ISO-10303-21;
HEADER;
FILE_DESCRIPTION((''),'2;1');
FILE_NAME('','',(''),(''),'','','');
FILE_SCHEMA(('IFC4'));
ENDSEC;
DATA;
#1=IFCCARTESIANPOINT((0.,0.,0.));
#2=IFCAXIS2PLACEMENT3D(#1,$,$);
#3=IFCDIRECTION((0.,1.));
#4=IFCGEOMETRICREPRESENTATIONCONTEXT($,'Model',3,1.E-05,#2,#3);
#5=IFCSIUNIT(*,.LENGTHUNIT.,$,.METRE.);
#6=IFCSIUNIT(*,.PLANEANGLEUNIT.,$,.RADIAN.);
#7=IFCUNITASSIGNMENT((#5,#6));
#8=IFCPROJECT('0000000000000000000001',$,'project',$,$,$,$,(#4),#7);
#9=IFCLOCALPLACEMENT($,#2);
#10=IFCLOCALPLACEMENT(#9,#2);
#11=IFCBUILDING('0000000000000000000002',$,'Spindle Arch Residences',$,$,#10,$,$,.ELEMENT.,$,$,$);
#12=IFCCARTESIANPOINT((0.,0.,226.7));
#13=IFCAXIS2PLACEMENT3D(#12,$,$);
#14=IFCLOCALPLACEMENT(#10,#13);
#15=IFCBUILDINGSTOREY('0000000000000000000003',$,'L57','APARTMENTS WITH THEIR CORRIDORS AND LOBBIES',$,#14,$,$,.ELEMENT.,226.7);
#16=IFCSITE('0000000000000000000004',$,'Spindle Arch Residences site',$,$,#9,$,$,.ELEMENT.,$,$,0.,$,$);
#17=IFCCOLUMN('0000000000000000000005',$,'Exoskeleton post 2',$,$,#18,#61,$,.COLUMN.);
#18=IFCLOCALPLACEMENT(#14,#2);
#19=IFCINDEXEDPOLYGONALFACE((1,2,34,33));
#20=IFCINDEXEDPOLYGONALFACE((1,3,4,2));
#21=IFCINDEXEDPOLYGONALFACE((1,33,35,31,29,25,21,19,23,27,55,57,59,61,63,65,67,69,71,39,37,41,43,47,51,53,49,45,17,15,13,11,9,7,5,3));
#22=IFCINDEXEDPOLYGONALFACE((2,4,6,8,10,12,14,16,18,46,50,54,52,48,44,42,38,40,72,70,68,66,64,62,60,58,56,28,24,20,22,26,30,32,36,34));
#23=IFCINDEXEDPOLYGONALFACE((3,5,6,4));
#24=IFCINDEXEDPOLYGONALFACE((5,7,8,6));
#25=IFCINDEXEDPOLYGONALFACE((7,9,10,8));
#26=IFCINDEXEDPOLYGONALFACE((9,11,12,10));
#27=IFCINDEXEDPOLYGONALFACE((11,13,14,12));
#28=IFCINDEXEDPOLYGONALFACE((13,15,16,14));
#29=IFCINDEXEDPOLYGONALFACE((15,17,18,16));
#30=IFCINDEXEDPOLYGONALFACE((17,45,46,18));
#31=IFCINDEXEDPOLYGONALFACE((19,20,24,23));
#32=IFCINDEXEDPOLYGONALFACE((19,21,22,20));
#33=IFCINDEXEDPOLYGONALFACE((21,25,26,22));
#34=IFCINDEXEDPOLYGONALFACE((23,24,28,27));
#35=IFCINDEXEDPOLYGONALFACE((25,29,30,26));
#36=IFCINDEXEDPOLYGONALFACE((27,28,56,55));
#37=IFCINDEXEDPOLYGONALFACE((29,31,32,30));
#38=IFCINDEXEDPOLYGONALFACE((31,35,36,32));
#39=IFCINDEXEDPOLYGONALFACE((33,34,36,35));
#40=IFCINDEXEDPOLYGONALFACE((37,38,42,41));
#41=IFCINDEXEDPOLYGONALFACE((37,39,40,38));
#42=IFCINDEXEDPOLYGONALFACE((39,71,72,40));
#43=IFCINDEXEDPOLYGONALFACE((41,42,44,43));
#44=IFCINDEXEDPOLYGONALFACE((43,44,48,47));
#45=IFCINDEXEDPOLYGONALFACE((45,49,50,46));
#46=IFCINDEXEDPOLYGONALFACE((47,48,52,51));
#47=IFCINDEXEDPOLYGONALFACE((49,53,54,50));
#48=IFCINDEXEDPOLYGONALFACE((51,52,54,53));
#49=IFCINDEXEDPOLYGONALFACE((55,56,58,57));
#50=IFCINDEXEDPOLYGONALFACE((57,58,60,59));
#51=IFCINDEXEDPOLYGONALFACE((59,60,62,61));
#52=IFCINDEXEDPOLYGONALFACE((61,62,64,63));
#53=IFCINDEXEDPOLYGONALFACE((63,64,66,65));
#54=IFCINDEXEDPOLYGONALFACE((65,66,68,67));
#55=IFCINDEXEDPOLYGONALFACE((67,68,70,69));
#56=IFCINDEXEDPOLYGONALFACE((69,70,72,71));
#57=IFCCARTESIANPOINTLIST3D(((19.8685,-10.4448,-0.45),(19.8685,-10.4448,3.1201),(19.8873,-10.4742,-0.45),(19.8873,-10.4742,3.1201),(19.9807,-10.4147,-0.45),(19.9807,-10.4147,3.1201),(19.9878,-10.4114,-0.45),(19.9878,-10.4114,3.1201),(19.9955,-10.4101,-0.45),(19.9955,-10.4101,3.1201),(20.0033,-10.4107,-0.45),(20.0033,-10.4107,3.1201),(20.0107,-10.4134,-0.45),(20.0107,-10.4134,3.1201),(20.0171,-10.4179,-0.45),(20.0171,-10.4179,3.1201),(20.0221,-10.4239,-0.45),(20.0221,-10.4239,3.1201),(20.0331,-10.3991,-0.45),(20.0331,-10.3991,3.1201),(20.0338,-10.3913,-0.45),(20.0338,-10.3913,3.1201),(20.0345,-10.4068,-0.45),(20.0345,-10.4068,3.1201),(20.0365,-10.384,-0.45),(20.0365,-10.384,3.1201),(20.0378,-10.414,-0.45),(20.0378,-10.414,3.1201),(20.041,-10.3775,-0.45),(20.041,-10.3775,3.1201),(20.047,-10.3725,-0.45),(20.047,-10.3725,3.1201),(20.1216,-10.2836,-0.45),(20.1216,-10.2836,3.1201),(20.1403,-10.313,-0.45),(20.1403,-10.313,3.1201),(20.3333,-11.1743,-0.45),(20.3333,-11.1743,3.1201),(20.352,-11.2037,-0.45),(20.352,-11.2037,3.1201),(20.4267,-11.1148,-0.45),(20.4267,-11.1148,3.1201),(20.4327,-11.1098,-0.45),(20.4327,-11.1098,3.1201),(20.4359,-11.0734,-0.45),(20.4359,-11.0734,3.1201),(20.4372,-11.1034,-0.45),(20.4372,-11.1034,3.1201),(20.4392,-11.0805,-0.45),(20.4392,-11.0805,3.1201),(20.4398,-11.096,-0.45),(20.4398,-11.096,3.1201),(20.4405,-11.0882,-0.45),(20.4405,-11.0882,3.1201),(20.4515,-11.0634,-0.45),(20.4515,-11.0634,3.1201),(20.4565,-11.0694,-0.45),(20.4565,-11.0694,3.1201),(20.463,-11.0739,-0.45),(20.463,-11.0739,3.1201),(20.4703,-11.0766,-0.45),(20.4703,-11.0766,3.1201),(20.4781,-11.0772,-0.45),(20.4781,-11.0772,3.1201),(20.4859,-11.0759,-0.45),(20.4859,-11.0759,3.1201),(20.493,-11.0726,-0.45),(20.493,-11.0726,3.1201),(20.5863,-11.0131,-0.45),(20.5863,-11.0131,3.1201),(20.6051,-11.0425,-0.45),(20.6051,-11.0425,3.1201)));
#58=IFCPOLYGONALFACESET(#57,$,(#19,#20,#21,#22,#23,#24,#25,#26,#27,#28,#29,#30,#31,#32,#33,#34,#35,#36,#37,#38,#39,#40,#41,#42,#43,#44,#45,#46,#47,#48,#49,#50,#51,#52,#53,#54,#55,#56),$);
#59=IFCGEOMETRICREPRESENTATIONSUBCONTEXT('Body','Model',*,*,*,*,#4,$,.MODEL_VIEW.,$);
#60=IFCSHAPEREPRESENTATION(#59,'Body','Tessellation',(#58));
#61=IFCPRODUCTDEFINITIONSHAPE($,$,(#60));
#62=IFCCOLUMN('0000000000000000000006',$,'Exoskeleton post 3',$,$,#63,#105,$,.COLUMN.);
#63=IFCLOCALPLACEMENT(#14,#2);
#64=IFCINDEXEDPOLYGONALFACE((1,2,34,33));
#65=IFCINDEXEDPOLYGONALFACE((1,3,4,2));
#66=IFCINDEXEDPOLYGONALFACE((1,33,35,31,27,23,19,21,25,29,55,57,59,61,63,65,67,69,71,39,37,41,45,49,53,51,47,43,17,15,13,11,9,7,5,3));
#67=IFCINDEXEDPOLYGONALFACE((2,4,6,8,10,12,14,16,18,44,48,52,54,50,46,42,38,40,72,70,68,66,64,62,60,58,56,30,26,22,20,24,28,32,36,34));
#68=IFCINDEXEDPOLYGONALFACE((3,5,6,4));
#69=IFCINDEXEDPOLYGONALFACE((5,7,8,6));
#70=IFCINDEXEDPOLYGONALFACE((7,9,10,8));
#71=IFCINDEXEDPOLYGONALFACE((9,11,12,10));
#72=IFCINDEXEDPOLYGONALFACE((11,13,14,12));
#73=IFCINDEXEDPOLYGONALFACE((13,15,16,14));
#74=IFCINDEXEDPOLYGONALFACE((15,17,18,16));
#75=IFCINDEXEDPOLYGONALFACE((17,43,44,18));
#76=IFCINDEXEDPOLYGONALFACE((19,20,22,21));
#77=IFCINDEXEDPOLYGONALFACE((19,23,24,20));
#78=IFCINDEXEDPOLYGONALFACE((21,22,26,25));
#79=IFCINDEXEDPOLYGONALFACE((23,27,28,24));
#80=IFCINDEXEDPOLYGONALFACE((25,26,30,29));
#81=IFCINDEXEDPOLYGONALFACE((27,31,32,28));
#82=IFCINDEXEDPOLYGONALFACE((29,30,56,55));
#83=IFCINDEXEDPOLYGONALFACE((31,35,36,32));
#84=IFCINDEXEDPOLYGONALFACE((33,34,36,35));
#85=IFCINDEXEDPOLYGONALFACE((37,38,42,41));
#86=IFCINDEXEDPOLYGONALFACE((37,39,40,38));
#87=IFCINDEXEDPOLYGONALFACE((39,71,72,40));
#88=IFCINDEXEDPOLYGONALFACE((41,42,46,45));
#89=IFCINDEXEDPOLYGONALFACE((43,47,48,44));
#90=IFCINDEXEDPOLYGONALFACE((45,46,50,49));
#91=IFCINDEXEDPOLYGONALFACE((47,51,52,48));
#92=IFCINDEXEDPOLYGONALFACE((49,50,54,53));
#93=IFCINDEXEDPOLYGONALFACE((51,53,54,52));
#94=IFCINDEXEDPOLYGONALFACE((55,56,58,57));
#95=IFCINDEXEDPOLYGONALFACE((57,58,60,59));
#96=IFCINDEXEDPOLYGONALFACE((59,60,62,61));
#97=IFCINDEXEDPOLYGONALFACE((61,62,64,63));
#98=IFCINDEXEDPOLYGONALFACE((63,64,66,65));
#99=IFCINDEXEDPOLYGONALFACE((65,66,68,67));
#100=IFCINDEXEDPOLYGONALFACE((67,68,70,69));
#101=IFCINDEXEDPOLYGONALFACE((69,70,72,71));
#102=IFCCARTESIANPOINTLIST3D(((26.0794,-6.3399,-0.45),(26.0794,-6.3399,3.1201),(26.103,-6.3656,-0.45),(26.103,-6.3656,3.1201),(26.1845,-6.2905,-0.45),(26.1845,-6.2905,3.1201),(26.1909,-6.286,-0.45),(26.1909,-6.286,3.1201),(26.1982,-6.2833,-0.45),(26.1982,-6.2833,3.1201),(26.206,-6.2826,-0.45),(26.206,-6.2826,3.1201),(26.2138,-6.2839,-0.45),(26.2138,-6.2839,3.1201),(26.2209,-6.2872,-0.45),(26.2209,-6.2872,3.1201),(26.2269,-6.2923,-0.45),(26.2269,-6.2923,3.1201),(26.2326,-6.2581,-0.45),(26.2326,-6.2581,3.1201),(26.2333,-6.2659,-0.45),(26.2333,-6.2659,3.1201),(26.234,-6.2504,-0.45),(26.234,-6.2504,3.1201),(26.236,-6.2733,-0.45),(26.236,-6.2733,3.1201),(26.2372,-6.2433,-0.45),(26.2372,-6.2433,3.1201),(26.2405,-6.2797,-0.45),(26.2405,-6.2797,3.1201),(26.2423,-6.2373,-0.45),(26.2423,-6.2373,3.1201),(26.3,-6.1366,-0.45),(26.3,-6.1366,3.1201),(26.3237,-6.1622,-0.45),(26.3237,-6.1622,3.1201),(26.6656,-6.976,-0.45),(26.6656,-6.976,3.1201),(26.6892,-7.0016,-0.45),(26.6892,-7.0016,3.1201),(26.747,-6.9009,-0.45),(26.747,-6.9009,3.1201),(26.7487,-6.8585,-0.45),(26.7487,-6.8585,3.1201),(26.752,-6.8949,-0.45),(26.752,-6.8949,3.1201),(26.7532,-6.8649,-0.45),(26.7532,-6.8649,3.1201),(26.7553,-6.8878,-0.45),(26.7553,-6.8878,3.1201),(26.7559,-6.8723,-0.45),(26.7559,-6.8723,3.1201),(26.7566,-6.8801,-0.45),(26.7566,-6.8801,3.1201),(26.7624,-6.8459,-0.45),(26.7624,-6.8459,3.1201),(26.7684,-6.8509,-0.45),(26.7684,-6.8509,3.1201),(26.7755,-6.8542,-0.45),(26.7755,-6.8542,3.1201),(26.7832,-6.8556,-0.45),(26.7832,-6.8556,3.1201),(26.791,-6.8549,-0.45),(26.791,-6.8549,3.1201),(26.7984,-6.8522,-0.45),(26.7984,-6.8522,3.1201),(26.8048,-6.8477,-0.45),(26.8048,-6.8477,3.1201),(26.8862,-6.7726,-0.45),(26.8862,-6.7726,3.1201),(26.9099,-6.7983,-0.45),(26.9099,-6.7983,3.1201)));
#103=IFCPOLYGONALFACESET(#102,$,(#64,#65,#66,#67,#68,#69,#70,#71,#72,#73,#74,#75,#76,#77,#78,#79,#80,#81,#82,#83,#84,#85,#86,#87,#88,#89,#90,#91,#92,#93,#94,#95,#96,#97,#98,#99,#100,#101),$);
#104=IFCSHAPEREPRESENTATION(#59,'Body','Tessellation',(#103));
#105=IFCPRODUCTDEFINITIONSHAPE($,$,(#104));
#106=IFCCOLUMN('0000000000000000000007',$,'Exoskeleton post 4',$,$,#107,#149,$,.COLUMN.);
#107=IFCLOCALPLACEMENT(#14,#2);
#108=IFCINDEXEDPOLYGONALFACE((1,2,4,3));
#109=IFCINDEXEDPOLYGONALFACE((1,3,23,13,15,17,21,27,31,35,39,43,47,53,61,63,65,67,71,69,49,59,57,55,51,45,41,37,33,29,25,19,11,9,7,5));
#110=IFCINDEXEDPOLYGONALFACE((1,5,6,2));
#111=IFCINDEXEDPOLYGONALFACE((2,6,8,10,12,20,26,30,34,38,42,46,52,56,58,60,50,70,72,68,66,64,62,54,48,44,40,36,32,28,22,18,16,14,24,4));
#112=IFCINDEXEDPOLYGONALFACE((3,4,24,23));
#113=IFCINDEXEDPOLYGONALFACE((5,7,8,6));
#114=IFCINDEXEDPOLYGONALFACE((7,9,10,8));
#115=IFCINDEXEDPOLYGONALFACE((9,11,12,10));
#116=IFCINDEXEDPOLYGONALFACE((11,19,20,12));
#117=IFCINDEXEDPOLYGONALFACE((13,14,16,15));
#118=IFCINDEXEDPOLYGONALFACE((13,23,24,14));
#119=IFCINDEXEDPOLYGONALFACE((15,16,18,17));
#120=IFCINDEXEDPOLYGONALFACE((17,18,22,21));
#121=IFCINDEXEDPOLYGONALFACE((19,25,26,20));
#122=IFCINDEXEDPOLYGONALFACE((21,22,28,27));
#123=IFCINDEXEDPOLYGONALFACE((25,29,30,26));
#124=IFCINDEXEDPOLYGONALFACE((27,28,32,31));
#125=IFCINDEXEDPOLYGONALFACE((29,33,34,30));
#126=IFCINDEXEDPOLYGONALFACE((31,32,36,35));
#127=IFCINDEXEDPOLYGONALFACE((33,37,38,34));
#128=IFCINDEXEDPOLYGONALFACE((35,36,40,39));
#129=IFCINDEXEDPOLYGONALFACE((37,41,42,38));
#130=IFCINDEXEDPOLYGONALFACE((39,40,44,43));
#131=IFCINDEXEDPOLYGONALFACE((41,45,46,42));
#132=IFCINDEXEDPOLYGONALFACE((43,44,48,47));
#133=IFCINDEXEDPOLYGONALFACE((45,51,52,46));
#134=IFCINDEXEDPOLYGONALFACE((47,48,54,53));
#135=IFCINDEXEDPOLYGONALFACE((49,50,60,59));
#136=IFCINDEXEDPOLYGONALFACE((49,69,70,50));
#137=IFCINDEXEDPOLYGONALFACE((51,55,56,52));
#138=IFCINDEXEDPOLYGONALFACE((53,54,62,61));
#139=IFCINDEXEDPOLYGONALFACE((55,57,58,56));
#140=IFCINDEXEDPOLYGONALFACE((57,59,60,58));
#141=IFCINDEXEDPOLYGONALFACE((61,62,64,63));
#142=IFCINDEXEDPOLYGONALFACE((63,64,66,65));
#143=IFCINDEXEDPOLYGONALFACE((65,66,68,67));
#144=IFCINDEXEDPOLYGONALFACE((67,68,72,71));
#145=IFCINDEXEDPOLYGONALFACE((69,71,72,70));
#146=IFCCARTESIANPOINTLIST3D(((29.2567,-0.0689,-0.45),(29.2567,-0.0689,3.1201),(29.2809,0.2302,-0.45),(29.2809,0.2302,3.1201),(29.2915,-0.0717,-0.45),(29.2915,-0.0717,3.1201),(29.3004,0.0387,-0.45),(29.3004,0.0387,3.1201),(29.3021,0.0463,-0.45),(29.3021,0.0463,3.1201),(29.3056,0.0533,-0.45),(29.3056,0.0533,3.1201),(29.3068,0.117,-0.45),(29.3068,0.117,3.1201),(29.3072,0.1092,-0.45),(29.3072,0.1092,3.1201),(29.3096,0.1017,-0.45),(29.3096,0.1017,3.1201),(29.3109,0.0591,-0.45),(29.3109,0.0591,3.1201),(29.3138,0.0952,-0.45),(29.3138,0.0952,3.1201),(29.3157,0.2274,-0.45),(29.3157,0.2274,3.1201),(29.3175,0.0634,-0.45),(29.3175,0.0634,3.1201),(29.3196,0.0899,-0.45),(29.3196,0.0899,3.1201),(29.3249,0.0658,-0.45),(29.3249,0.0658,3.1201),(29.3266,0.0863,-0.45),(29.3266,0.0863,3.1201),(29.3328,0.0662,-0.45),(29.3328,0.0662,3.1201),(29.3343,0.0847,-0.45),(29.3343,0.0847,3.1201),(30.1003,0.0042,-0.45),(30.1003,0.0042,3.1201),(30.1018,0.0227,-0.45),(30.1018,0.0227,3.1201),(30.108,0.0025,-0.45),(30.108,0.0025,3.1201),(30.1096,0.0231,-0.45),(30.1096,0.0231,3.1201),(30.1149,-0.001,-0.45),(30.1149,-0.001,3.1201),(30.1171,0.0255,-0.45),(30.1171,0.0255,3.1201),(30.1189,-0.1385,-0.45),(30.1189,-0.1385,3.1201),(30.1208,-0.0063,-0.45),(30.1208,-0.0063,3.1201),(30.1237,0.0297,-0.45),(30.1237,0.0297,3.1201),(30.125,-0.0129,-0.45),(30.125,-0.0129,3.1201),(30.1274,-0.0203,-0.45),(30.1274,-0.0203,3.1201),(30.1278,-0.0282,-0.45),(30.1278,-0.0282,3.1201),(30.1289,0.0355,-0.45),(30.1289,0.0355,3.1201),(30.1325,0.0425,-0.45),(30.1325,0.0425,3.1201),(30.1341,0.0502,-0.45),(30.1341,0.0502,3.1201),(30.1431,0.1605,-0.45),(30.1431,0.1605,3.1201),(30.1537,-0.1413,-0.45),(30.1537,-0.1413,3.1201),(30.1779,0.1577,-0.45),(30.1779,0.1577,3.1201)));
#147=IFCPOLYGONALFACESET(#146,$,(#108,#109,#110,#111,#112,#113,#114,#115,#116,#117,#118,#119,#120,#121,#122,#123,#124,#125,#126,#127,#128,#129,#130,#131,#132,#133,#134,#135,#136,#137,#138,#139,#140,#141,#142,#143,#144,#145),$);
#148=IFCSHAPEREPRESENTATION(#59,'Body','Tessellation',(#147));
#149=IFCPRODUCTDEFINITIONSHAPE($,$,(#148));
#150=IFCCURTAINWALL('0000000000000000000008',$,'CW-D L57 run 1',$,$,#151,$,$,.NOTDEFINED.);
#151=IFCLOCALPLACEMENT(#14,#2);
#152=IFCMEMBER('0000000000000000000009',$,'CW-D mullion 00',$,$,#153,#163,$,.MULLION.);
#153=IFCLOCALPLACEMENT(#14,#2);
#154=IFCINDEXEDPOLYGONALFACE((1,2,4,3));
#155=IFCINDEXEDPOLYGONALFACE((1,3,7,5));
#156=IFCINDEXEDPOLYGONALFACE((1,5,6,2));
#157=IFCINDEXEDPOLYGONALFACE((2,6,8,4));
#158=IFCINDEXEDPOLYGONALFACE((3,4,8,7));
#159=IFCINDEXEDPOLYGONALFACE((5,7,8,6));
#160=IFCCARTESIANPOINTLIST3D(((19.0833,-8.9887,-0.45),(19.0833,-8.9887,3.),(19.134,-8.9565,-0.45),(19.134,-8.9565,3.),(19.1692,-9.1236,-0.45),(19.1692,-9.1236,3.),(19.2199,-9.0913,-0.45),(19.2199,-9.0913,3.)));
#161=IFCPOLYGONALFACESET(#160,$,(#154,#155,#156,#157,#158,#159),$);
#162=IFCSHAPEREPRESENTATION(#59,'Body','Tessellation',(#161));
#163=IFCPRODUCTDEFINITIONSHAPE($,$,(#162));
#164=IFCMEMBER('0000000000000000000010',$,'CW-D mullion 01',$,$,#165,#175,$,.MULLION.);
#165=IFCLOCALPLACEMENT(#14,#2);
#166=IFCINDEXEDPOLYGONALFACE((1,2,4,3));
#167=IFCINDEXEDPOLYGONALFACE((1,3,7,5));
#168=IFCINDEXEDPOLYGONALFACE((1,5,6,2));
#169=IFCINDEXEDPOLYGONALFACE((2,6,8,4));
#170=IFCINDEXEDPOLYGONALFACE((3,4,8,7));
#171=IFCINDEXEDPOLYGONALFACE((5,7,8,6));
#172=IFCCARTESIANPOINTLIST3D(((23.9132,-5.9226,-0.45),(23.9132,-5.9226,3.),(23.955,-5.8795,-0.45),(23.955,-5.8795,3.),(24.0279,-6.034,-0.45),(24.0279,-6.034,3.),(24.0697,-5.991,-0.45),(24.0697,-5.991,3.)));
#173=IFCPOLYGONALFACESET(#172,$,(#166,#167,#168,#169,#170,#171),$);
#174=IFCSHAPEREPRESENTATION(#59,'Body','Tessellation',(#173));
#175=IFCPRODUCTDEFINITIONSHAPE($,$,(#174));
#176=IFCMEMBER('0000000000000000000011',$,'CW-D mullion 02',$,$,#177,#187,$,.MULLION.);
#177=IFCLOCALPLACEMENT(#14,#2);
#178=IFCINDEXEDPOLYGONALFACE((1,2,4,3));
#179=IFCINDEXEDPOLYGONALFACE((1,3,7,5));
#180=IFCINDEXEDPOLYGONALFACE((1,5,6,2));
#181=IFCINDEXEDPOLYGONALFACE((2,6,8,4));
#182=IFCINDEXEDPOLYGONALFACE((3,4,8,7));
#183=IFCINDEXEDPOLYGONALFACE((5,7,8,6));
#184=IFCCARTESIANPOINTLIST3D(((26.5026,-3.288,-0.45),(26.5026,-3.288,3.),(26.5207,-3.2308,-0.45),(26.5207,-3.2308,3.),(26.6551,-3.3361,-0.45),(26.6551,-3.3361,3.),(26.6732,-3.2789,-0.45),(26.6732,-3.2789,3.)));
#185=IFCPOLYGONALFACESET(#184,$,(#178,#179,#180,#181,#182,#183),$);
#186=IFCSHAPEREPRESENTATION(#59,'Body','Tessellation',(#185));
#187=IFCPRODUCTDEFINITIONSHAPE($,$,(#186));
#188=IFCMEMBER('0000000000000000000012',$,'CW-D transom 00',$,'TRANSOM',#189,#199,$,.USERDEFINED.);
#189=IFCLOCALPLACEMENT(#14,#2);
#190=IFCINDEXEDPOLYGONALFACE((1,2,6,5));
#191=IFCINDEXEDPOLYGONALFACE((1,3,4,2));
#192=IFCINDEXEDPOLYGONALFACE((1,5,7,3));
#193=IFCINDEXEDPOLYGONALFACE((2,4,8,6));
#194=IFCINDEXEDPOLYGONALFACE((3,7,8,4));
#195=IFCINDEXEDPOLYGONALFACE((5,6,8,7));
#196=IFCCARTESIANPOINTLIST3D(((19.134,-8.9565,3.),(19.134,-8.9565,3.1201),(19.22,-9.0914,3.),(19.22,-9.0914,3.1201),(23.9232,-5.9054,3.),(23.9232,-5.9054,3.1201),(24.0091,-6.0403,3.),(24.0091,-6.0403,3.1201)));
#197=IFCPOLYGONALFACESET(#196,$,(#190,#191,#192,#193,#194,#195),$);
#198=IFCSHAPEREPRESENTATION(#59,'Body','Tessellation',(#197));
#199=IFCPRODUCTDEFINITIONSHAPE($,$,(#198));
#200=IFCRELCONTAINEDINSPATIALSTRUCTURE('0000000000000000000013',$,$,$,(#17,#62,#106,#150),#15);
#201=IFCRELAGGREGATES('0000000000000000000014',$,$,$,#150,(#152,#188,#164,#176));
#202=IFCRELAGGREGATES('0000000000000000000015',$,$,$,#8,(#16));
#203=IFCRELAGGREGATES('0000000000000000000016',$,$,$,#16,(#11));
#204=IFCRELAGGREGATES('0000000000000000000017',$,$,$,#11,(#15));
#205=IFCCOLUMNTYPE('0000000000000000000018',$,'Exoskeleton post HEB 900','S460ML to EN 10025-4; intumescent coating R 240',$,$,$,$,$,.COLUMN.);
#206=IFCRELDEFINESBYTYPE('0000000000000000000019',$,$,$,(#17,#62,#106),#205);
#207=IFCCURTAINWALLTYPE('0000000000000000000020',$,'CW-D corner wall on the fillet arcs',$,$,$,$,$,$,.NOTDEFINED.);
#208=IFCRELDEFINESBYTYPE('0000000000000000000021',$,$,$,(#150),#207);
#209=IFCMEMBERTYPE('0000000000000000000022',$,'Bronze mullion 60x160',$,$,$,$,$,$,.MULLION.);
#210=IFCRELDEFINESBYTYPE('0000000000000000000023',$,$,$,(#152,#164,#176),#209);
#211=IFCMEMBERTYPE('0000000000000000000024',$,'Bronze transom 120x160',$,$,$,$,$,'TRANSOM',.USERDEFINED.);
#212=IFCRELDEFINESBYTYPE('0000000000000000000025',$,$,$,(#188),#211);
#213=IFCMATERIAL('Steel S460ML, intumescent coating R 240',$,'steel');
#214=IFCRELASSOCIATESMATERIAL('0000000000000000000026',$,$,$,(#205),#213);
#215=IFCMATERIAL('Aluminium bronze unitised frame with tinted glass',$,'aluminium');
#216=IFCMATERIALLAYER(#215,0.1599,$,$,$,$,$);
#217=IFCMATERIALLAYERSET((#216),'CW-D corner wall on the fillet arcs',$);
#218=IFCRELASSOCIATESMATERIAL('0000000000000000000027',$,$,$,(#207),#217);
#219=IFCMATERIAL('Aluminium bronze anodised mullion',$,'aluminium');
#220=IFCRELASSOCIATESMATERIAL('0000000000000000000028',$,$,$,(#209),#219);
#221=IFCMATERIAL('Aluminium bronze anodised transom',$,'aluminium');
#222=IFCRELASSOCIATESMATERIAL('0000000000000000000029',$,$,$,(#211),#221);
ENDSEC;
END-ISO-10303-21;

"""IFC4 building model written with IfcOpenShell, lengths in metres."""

from ifc_helpers import new_model, si_unit, direction, frame, origin, origin_2d, place, context, subcontext, project, spatial, rectangle, i_section, extrude, material, layer, layer_set, material_profile, profile_set, type_object, element, aggregate, save


model = new_model("IFC4")

# Units and contexts
model_context = context("Model", 3, precision=1e-05, world=origin(), true_north=direction((0.0, 1.0)))
body_context = subcontext(model_context, "Body", "Model", "MODEL_VIEW")
ifc_project = project(units=[si_unit("LENGTHUNIT", "METRE"), si_unit("PLANEANGLEUNIT", "RADIAN")], contexts=[model_context])

# Site, building, storey
site_placement = place(None, origin())
site = spatial("IfcSite", under=ifc_project, at=site_placement, Name="Spindle Arch Residences site", CompositionType="ELEMENT", RefElevation=0.0)
building_placement = place(site_placement, origin())
building = spatial("IfcBuilding", under=site, at=building_placement, Name="Spindle Arch Residences", CompositionType="ELEMENT")
storey_placement = place(building_placement, frame((0.0, 0.0, 226.7)))
storey = spatial("IfcBuildingStorey", under=building, at=storey_placement, Name="L57", Description="APARTMENTS WITH THEIR CORRIDORS AND LOBBIES", CompositionType="ELEMENT", Elevation=226.7)

# Columns
ifc_material_1 = material(Name="Steel S460ML, intumescent coating R 240", Category="steel")
ifc_material_profile_1 = material_profile(ifc_material_1, i_section(OverallWidth=0.3, OverallDepth=0.8999, WebThickness=0.0186, FlangeThickness=0.0349, FilletRadius=0.03, at=origin_2d()), Name="HEB 900")
ifc_profile_set_1 = profile_set([ifc_material_profile_1], Name="Steel S460ML, intumescent coating R 240")
column_type = type_object("IfcColumnType", Name="Exoskeleton post HEB 900", Description="S460ML to EN 10025-4; intumescent coating R 240", PredefinedType="COLUMN", material=ifc_profile_set_1)
for number, where, z_axis, x_axis, name in (
    (1, (20.2368, -10.7437, -0.45), (0.0, 0.0, 1.0), (-0.843391, -0.5373, 0.0), "Exoskeleton post 2"),
    (2, (26.4946, -6.5691, -0.45), (0.0, 0.0, 1.0), (-0.735347, -0.677691, 0.0), "Exoskeleton post 3"),
    (3, (29.7173, 0.0444, -0.45), (0.0, 0.0, 1.0), (-0.080538, -0.996752, 0.0), "Exoskeleton post 4"),
):
    element("IfcColumn", number, at=place(storey_placement, frame(where, z_axis=z_axis, x_axis=x_axis)), inside=storey, type_object=column_type, Name=name, PredefinedType="COLUMN", context=body_context, shape_type="SweptSolid", body=[
        extrude(i_section(OverallWidth=0.3, OverallDepth=0.8999, WebThickness=0.0186, FlangeThickness=0.0349, FilletRadius=0.03, at=origin_2d()), origin(), (0.0, 0.0, 1.0), 3.5701),
    ])

# Curtain wall, members
ifc_material_2 = material(Name="Aluminium bronze unitised frame with tinted glass", Category="aluminium")
ifc_layer_1 = layer(ifc_material_2, 0.1599)
ifc_layer_set_1 = layer_set([ifc_layer_1], Name="CW-D corner wall on the fillet arcs")
curtain_wall_type_1 = type_object("IfcCurtainWallType", Name="CW-D corner wall on the fillet arcs", PredefinedType="NOTDEFINED", material=ifc_layer_set_1)
curtain_wall_1_placement = place(storey_placement, origin())
curtain_wall_1 = element("IfcCurtainWall", 4, at=curtain_wall_1_placement, inside=storey, type_object=curtain_wall_type_1, Name="CW-D L57 run 1", PredefinedType="NOTDEFINED")
ifc_material_3 = material(Name="Aluminium bronze anodised mullion", Category="aluminium")
ifc_material_profile_2 = material_profile(ifc_material_3, rectangle(XDim=0.1599, YDim=0.0601, at=origin_2d()), Name="MU 60x160")
ifc_profile_set_2 = profile_set([ifc_material_profile_2], Name="Aluminium bronze anodised mullion")
member_type_1 = type_object("IfcMemberType", Name="Bronze mullion 60x160", PredefinedType="MULLION", material=ifc_profile_set_2)
member_1_placement = place(storey_placement, frame((19.1516, -9.04, -0.45), z_axis=(0.0, 0.0, 1.0), x_axis=(-0.5373, 0.843391, 0.0)))
member_1 = element("IfcMember", 5, at=member_1_placement, type_object=member_type_1, Name="CW-D mullion 00", PredefinedType="MULLION", context=body_context, shape_type="SweptSolid", body=[
    extrude(rectangle(XDim=0.1599, YDim=0.0601, at=origin_2d()), origin(), (0.0, 0.0, 1.0), 3.45),
])
member_2_placement = place(storey_placement, frame((23.9915, -5.9568, -0.45), z_axis=(0.0, 0.0, 1.0), x_axis=(-0.717316, 0.696748, 0.0)))
member_2 = element("IfcMember", 6, at=member_2_placement, type_object=member_type_1, Name="CW-D mullion 01", PredefinedType="MULLION", context=body_context, shape_type="SweptSolid", body=[
    extrude(rectangle(XDim=0.1599, YDim=0.0601, at=origin_2d()), origin(), (0.0, 0.0, 1.0), 3.45),
])
member_3_placement = place(storey_placement, frame((26.5879, -3.2834, -0.45), z_axis=(0.0, 0.0, 1.0), x_axis=(-0.953717, 0.300706, 0.0)))
member_3 = element("IfcMember", 7, at=member_3_placement, type_object=member_type_1, Name="CW-D mullion 02", PredefinedType="MULLION", context=body_context, shape_type="SweptSolid", body=[
    extrude(rectangle(XDim=0.1599, YDim=0.0601, at=origin_2d()), origin(), (0.0, 0.0, 1.0), 3.45),
])
ifc_material_4 = material(Name="Aluminium bronze anodised transom", Category="aluminium")
ifc_material_profile_3 = material_profile(ifc_material_4, rectangle(XDim=0.1599, YDim=0.1201, at=origin_2d()), Name="TR 120x160")
ifc_profile_set_3 = profile_set([ifc_material_profile_3], Name="Aluminium bronze anodised transom")
member_type_2 = type_object("IfcMemberType", Name="Bronze transom 120x160", ElementType="TRANSOM", PredefinedType="USERDEFINED", material=ifc_profile_set_3)
member_4_placement = place(storey_placement, frame((19.177, -9.0239, 3.0601), z_axis=(0.843387, 0.537307, 0.0), x_axis=(-0.537307, 0.843387, 0.0)))
member_4 = element("IfcMember", 8, at=member_4_placement, type_object=member_type_2, Name="CW-D transom 00", ObjectType="TRANSOM", PredefinedType="USERDEFINED", context=body_context, shape_type="SweptSolid", body=[
    extrude(rectangle(XDim=0.1599, YDim=0.1201, at=origin_2d()), origin(), (0.0, 0.0, 1.0), 5.6785),
])

aggregate(curtain_wall_1, [member_1, member_4, member_2, member_3])

save(model, "model.ifc")
